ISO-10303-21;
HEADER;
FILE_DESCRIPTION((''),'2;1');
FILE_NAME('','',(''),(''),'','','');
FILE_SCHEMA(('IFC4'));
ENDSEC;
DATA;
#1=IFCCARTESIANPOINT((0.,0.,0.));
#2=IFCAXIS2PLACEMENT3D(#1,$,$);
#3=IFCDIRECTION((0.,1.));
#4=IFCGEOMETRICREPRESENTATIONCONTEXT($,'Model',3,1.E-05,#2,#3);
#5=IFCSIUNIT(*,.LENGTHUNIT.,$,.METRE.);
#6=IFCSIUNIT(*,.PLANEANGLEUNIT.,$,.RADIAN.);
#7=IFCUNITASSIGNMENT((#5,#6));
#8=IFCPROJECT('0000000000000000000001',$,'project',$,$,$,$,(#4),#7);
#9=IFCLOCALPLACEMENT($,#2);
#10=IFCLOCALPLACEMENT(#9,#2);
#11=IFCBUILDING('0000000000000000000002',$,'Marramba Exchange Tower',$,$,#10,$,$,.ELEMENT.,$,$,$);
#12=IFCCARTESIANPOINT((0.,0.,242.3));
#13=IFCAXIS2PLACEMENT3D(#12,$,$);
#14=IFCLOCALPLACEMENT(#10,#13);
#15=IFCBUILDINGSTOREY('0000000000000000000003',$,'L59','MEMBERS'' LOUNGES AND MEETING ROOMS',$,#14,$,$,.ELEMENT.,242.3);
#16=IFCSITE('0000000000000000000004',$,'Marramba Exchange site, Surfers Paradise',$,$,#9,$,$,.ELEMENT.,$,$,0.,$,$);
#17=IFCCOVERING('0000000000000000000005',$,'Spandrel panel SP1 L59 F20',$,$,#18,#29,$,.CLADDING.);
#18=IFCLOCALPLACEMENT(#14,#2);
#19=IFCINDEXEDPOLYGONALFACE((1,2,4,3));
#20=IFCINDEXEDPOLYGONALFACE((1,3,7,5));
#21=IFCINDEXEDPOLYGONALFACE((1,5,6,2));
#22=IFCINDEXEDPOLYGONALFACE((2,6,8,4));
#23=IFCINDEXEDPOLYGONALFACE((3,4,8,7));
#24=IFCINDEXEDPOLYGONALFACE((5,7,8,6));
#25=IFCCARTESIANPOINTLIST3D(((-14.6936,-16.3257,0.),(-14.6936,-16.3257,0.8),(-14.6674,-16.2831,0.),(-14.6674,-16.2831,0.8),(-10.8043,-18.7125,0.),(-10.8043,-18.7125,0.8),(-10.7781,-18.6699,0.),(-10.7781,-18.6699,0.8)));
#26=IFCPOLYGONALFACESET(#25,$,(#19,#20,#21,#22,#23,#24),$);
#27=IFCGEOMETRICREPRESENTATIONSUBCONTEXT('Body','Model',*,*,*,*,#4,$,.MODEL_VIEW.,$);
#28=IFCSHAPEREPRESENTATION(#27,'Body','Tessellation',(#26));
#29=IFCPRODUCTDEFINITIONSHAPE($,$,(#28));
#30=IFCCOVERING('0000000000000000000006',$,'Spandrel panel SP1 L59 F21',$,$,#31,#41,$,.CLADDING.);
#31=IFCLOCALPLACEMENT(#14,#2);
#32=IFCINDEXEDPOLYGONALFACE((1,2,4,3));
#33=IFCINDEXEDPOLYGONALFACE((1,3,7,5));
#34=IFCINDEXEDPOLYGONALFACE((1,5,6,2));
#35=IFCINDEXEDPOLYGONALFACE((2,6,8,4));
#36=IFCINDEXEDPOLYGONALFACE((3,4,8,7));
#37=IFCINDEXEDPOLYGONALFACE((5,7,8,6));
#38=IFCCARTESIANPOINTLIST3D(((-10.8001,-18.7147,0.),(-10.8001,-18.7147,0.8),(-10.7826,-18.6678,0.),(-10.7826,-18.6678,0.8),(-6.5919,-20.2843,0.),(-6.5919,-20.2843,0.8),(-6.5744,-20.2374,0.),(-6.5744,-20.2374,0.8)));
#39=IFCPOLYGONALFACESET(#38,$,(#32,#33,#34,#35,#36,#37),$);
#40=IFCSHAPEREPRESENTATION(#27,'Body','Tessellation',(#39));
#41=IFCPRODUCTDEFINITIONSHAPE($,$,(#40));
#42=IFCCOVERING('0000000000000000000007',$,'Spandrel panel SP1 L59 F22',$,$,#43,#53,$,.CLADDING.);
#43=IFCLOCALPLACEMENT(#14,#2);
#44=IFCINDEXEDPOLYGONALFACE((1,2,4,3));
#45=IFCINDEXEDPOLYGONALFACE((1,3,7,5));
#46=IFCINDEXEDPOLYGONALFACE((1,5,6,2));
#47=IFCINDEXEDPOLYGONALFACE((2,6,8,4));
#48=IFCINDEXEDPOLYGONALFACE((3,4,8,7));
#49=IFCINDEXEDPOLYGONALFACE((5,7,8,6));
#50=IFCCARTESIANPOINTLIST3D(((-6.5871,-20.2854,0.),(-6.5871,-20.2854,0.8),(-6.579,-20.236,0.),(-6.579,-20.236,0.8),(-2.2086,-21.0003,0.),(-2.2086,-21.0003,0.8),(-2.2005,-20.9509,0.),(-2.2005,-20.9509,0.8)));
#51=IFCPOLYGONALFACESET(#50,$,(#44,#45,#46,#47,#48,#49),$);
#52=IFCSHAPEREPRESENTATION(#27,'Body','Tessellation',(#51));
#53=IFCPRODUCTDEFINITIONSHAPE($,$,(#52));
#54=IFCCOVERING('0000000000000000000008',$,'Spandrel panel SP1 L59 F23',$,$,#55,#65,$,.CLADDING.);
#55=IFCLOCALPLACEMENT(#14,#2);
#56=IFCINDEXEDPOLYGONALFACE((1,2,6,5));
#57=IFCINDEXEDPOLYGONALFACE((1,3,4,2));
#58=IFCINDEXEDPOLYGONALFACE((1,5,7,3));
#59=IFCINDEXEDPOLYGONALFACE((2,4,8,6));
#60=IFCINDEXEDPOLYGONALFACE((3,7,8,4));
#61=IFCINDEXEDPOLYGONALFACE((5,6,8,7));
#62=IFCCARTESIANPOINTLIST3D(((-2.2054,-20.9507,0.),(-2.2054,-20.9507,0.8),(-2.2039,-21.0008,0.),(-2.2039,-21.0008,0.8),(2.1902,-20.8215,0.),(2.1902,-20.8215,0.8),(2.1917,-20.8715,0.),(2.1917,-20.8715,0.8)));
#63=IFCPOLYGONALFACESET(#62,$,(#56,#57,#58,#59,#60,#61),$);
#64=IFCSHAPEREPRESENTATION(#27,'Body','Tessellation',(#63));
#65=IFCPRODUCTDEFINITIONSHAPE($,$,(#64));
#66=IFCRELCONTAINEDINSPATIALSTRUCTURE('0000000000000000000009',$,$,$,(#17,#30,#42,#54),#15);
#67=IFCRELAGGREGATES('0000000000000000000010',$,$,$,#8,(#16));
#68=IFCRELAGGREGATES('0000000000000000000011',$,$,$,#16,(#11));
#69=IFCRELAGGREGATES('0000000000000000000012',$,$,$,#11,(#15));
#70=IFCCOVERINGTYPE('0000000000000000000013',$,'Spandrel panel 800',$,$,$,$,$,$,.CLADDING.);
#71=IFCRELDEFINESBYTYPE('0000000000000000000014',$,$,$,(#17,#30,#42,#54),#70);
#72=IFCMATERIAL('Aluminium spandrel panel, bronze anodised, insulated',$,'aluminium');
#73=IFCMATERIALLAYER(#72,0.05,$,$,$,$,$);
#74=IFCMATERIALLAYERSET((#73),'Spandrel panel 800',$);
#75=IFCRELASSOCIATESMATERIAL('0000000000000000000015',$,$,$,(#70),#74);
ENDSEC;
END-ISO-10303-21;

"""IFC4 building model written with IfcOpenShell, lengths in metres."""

from ifc_helpers import new_model, si_unit, direction, frame, origin, origin_2d, place, context, subcontext, project, spatial, rectangle, extrude, material, layer, layer_set, type_object, element, save


model = new_model("IFC4")

# Units and contexts
model_context = context("Model", 3, precision=1e-05, world=origin(), true_north=direction((0.0, 1.0)))
body_context = subcontext(model_context, "Body", "Model", "MODEL_VIEW")
ifc_project = project(units=[si_unit("LENGTHUNIT", "METRE"), si_unit("PLANEANGLEUNIT", "RADIAN")], contexts=[model_context])

# Site, building, storey
site_placement = place(None, origin())
site = spatial("IfcSite", under=ifc_project, at=site_placement, Name="Marramba Exchange site, Surfers Paradise", CompositionType="ELEMENT", RefElevation=0.0)
building_placement = place(site_placement, origin())
building = spatial("IfcBuilding", under=site, at=building_placement, Name="Marramba Exchange Tower", CompositionType="ELEMENT")
storey_placement = place(building_placement, frame((0.0, 0.0, 242.3)))
storey = spatial("IfcBuildingStorey", under=building, at=storey_placement, Name="L59", Description="MEMBERS' LOUNGES AND MEETING ROOMS", CompositionType="ELEMENT", Elevation=242.3)

# Coverings
ifc_material_1 = material(Name="Aluminium spandrel panel, bronze anodised, insulated", Category="aluminium")
ifc_layer_1 = layer(ifc_material_1, 0.05)
ifc_layer_set_1 = layer_set([ifc_layer_1], Name="Spandrel panel 800")
covering_type = type_object("IfcCoveringType", Name="Spandrel panel 800", PredefinedType="CLADDING", material=ifc_layer_set_1)
covering_1_placement = place(storey_placement, frame((-12.7358, -17.4978, 0.0), z_axis=(0.0, 0.0, 1.0), x_axis=(0.852301, -0.523052, 0.0)))
element("IfcCovering", 1, at=covering_1_placement, inside=storey, type_object=covering_type, Name="Spandrel panel SP1 L59 F20", PredefinedType="CLADDING", context=body_context, shape_type="SweptSolid", body=[
    extrude(rectangle(XDim=4.5632, YDim=0.05, at=origin_2d()), origin(), (0.0, 0.0, 1.0), 0.8),
])
covering_2_placement = place(storey_placement, frame((-8.6873, -19.4761, 0.0), z_axis=(0.0, 0.0, 1.0), x_axis=(0.936952, -0.349459, 0.0)))
element("IfcCovering", 2, at=covering_2_placement, inside=storey, type_object=covering_type, Name="Spandrel panel SP1 L59 F21", PredefinedType="CLADDING", context=body_context, shape_type="SweptSolid", body=[
    extrude(rectangle(XDim=4.4915, YDim=0.05, at=origin_2d()), origin(), (0.0, 0.0, 1.0), 0.8),
])
covering_3_placement = place(storey_placement, frame((-4.3938, -20.6182, 0.0), z_axis=(0.0, 0.0, 1.0), x_axis=(0.986931, -0.161146, 0.0)))
element("IfcCovering", 3, at=covering_3_placement, inside=storey, type_object=covering_type, Name="Spandrel panel SP1 L59 F22", PredefinedType="CLADDING", context=body_context, shape_type="SweptSolid", body=[
    extrude(rectangle(XDim=4.4365, YDim=0.05, at=origin_2d()), origin(), (0.0, 0.0, 1.0), 0.8),
])
covering_4_placement = place(storey_placement, frame((-0.0068, -20.9111, 0.0), z_axis=(0.0, 0.0, 1.0), x_axis=(0.999568, 0.029393, 0.0)))
element("IfcCovering", 4, at=covering_4_placement, inside=storey, type_object=covering_type, Name="Spandrel panel SP1 L59 F23", PredefinedType="CLADDING", context=body_context, shape_type="SweptSolid", body=[
    extrude(rectangle(XDim=4.3975, YDim=0.05, at=origin_2d()), origin(), (0.0, 0.0, 1.0), 0.8),
])

save(model, "model.ifc")
